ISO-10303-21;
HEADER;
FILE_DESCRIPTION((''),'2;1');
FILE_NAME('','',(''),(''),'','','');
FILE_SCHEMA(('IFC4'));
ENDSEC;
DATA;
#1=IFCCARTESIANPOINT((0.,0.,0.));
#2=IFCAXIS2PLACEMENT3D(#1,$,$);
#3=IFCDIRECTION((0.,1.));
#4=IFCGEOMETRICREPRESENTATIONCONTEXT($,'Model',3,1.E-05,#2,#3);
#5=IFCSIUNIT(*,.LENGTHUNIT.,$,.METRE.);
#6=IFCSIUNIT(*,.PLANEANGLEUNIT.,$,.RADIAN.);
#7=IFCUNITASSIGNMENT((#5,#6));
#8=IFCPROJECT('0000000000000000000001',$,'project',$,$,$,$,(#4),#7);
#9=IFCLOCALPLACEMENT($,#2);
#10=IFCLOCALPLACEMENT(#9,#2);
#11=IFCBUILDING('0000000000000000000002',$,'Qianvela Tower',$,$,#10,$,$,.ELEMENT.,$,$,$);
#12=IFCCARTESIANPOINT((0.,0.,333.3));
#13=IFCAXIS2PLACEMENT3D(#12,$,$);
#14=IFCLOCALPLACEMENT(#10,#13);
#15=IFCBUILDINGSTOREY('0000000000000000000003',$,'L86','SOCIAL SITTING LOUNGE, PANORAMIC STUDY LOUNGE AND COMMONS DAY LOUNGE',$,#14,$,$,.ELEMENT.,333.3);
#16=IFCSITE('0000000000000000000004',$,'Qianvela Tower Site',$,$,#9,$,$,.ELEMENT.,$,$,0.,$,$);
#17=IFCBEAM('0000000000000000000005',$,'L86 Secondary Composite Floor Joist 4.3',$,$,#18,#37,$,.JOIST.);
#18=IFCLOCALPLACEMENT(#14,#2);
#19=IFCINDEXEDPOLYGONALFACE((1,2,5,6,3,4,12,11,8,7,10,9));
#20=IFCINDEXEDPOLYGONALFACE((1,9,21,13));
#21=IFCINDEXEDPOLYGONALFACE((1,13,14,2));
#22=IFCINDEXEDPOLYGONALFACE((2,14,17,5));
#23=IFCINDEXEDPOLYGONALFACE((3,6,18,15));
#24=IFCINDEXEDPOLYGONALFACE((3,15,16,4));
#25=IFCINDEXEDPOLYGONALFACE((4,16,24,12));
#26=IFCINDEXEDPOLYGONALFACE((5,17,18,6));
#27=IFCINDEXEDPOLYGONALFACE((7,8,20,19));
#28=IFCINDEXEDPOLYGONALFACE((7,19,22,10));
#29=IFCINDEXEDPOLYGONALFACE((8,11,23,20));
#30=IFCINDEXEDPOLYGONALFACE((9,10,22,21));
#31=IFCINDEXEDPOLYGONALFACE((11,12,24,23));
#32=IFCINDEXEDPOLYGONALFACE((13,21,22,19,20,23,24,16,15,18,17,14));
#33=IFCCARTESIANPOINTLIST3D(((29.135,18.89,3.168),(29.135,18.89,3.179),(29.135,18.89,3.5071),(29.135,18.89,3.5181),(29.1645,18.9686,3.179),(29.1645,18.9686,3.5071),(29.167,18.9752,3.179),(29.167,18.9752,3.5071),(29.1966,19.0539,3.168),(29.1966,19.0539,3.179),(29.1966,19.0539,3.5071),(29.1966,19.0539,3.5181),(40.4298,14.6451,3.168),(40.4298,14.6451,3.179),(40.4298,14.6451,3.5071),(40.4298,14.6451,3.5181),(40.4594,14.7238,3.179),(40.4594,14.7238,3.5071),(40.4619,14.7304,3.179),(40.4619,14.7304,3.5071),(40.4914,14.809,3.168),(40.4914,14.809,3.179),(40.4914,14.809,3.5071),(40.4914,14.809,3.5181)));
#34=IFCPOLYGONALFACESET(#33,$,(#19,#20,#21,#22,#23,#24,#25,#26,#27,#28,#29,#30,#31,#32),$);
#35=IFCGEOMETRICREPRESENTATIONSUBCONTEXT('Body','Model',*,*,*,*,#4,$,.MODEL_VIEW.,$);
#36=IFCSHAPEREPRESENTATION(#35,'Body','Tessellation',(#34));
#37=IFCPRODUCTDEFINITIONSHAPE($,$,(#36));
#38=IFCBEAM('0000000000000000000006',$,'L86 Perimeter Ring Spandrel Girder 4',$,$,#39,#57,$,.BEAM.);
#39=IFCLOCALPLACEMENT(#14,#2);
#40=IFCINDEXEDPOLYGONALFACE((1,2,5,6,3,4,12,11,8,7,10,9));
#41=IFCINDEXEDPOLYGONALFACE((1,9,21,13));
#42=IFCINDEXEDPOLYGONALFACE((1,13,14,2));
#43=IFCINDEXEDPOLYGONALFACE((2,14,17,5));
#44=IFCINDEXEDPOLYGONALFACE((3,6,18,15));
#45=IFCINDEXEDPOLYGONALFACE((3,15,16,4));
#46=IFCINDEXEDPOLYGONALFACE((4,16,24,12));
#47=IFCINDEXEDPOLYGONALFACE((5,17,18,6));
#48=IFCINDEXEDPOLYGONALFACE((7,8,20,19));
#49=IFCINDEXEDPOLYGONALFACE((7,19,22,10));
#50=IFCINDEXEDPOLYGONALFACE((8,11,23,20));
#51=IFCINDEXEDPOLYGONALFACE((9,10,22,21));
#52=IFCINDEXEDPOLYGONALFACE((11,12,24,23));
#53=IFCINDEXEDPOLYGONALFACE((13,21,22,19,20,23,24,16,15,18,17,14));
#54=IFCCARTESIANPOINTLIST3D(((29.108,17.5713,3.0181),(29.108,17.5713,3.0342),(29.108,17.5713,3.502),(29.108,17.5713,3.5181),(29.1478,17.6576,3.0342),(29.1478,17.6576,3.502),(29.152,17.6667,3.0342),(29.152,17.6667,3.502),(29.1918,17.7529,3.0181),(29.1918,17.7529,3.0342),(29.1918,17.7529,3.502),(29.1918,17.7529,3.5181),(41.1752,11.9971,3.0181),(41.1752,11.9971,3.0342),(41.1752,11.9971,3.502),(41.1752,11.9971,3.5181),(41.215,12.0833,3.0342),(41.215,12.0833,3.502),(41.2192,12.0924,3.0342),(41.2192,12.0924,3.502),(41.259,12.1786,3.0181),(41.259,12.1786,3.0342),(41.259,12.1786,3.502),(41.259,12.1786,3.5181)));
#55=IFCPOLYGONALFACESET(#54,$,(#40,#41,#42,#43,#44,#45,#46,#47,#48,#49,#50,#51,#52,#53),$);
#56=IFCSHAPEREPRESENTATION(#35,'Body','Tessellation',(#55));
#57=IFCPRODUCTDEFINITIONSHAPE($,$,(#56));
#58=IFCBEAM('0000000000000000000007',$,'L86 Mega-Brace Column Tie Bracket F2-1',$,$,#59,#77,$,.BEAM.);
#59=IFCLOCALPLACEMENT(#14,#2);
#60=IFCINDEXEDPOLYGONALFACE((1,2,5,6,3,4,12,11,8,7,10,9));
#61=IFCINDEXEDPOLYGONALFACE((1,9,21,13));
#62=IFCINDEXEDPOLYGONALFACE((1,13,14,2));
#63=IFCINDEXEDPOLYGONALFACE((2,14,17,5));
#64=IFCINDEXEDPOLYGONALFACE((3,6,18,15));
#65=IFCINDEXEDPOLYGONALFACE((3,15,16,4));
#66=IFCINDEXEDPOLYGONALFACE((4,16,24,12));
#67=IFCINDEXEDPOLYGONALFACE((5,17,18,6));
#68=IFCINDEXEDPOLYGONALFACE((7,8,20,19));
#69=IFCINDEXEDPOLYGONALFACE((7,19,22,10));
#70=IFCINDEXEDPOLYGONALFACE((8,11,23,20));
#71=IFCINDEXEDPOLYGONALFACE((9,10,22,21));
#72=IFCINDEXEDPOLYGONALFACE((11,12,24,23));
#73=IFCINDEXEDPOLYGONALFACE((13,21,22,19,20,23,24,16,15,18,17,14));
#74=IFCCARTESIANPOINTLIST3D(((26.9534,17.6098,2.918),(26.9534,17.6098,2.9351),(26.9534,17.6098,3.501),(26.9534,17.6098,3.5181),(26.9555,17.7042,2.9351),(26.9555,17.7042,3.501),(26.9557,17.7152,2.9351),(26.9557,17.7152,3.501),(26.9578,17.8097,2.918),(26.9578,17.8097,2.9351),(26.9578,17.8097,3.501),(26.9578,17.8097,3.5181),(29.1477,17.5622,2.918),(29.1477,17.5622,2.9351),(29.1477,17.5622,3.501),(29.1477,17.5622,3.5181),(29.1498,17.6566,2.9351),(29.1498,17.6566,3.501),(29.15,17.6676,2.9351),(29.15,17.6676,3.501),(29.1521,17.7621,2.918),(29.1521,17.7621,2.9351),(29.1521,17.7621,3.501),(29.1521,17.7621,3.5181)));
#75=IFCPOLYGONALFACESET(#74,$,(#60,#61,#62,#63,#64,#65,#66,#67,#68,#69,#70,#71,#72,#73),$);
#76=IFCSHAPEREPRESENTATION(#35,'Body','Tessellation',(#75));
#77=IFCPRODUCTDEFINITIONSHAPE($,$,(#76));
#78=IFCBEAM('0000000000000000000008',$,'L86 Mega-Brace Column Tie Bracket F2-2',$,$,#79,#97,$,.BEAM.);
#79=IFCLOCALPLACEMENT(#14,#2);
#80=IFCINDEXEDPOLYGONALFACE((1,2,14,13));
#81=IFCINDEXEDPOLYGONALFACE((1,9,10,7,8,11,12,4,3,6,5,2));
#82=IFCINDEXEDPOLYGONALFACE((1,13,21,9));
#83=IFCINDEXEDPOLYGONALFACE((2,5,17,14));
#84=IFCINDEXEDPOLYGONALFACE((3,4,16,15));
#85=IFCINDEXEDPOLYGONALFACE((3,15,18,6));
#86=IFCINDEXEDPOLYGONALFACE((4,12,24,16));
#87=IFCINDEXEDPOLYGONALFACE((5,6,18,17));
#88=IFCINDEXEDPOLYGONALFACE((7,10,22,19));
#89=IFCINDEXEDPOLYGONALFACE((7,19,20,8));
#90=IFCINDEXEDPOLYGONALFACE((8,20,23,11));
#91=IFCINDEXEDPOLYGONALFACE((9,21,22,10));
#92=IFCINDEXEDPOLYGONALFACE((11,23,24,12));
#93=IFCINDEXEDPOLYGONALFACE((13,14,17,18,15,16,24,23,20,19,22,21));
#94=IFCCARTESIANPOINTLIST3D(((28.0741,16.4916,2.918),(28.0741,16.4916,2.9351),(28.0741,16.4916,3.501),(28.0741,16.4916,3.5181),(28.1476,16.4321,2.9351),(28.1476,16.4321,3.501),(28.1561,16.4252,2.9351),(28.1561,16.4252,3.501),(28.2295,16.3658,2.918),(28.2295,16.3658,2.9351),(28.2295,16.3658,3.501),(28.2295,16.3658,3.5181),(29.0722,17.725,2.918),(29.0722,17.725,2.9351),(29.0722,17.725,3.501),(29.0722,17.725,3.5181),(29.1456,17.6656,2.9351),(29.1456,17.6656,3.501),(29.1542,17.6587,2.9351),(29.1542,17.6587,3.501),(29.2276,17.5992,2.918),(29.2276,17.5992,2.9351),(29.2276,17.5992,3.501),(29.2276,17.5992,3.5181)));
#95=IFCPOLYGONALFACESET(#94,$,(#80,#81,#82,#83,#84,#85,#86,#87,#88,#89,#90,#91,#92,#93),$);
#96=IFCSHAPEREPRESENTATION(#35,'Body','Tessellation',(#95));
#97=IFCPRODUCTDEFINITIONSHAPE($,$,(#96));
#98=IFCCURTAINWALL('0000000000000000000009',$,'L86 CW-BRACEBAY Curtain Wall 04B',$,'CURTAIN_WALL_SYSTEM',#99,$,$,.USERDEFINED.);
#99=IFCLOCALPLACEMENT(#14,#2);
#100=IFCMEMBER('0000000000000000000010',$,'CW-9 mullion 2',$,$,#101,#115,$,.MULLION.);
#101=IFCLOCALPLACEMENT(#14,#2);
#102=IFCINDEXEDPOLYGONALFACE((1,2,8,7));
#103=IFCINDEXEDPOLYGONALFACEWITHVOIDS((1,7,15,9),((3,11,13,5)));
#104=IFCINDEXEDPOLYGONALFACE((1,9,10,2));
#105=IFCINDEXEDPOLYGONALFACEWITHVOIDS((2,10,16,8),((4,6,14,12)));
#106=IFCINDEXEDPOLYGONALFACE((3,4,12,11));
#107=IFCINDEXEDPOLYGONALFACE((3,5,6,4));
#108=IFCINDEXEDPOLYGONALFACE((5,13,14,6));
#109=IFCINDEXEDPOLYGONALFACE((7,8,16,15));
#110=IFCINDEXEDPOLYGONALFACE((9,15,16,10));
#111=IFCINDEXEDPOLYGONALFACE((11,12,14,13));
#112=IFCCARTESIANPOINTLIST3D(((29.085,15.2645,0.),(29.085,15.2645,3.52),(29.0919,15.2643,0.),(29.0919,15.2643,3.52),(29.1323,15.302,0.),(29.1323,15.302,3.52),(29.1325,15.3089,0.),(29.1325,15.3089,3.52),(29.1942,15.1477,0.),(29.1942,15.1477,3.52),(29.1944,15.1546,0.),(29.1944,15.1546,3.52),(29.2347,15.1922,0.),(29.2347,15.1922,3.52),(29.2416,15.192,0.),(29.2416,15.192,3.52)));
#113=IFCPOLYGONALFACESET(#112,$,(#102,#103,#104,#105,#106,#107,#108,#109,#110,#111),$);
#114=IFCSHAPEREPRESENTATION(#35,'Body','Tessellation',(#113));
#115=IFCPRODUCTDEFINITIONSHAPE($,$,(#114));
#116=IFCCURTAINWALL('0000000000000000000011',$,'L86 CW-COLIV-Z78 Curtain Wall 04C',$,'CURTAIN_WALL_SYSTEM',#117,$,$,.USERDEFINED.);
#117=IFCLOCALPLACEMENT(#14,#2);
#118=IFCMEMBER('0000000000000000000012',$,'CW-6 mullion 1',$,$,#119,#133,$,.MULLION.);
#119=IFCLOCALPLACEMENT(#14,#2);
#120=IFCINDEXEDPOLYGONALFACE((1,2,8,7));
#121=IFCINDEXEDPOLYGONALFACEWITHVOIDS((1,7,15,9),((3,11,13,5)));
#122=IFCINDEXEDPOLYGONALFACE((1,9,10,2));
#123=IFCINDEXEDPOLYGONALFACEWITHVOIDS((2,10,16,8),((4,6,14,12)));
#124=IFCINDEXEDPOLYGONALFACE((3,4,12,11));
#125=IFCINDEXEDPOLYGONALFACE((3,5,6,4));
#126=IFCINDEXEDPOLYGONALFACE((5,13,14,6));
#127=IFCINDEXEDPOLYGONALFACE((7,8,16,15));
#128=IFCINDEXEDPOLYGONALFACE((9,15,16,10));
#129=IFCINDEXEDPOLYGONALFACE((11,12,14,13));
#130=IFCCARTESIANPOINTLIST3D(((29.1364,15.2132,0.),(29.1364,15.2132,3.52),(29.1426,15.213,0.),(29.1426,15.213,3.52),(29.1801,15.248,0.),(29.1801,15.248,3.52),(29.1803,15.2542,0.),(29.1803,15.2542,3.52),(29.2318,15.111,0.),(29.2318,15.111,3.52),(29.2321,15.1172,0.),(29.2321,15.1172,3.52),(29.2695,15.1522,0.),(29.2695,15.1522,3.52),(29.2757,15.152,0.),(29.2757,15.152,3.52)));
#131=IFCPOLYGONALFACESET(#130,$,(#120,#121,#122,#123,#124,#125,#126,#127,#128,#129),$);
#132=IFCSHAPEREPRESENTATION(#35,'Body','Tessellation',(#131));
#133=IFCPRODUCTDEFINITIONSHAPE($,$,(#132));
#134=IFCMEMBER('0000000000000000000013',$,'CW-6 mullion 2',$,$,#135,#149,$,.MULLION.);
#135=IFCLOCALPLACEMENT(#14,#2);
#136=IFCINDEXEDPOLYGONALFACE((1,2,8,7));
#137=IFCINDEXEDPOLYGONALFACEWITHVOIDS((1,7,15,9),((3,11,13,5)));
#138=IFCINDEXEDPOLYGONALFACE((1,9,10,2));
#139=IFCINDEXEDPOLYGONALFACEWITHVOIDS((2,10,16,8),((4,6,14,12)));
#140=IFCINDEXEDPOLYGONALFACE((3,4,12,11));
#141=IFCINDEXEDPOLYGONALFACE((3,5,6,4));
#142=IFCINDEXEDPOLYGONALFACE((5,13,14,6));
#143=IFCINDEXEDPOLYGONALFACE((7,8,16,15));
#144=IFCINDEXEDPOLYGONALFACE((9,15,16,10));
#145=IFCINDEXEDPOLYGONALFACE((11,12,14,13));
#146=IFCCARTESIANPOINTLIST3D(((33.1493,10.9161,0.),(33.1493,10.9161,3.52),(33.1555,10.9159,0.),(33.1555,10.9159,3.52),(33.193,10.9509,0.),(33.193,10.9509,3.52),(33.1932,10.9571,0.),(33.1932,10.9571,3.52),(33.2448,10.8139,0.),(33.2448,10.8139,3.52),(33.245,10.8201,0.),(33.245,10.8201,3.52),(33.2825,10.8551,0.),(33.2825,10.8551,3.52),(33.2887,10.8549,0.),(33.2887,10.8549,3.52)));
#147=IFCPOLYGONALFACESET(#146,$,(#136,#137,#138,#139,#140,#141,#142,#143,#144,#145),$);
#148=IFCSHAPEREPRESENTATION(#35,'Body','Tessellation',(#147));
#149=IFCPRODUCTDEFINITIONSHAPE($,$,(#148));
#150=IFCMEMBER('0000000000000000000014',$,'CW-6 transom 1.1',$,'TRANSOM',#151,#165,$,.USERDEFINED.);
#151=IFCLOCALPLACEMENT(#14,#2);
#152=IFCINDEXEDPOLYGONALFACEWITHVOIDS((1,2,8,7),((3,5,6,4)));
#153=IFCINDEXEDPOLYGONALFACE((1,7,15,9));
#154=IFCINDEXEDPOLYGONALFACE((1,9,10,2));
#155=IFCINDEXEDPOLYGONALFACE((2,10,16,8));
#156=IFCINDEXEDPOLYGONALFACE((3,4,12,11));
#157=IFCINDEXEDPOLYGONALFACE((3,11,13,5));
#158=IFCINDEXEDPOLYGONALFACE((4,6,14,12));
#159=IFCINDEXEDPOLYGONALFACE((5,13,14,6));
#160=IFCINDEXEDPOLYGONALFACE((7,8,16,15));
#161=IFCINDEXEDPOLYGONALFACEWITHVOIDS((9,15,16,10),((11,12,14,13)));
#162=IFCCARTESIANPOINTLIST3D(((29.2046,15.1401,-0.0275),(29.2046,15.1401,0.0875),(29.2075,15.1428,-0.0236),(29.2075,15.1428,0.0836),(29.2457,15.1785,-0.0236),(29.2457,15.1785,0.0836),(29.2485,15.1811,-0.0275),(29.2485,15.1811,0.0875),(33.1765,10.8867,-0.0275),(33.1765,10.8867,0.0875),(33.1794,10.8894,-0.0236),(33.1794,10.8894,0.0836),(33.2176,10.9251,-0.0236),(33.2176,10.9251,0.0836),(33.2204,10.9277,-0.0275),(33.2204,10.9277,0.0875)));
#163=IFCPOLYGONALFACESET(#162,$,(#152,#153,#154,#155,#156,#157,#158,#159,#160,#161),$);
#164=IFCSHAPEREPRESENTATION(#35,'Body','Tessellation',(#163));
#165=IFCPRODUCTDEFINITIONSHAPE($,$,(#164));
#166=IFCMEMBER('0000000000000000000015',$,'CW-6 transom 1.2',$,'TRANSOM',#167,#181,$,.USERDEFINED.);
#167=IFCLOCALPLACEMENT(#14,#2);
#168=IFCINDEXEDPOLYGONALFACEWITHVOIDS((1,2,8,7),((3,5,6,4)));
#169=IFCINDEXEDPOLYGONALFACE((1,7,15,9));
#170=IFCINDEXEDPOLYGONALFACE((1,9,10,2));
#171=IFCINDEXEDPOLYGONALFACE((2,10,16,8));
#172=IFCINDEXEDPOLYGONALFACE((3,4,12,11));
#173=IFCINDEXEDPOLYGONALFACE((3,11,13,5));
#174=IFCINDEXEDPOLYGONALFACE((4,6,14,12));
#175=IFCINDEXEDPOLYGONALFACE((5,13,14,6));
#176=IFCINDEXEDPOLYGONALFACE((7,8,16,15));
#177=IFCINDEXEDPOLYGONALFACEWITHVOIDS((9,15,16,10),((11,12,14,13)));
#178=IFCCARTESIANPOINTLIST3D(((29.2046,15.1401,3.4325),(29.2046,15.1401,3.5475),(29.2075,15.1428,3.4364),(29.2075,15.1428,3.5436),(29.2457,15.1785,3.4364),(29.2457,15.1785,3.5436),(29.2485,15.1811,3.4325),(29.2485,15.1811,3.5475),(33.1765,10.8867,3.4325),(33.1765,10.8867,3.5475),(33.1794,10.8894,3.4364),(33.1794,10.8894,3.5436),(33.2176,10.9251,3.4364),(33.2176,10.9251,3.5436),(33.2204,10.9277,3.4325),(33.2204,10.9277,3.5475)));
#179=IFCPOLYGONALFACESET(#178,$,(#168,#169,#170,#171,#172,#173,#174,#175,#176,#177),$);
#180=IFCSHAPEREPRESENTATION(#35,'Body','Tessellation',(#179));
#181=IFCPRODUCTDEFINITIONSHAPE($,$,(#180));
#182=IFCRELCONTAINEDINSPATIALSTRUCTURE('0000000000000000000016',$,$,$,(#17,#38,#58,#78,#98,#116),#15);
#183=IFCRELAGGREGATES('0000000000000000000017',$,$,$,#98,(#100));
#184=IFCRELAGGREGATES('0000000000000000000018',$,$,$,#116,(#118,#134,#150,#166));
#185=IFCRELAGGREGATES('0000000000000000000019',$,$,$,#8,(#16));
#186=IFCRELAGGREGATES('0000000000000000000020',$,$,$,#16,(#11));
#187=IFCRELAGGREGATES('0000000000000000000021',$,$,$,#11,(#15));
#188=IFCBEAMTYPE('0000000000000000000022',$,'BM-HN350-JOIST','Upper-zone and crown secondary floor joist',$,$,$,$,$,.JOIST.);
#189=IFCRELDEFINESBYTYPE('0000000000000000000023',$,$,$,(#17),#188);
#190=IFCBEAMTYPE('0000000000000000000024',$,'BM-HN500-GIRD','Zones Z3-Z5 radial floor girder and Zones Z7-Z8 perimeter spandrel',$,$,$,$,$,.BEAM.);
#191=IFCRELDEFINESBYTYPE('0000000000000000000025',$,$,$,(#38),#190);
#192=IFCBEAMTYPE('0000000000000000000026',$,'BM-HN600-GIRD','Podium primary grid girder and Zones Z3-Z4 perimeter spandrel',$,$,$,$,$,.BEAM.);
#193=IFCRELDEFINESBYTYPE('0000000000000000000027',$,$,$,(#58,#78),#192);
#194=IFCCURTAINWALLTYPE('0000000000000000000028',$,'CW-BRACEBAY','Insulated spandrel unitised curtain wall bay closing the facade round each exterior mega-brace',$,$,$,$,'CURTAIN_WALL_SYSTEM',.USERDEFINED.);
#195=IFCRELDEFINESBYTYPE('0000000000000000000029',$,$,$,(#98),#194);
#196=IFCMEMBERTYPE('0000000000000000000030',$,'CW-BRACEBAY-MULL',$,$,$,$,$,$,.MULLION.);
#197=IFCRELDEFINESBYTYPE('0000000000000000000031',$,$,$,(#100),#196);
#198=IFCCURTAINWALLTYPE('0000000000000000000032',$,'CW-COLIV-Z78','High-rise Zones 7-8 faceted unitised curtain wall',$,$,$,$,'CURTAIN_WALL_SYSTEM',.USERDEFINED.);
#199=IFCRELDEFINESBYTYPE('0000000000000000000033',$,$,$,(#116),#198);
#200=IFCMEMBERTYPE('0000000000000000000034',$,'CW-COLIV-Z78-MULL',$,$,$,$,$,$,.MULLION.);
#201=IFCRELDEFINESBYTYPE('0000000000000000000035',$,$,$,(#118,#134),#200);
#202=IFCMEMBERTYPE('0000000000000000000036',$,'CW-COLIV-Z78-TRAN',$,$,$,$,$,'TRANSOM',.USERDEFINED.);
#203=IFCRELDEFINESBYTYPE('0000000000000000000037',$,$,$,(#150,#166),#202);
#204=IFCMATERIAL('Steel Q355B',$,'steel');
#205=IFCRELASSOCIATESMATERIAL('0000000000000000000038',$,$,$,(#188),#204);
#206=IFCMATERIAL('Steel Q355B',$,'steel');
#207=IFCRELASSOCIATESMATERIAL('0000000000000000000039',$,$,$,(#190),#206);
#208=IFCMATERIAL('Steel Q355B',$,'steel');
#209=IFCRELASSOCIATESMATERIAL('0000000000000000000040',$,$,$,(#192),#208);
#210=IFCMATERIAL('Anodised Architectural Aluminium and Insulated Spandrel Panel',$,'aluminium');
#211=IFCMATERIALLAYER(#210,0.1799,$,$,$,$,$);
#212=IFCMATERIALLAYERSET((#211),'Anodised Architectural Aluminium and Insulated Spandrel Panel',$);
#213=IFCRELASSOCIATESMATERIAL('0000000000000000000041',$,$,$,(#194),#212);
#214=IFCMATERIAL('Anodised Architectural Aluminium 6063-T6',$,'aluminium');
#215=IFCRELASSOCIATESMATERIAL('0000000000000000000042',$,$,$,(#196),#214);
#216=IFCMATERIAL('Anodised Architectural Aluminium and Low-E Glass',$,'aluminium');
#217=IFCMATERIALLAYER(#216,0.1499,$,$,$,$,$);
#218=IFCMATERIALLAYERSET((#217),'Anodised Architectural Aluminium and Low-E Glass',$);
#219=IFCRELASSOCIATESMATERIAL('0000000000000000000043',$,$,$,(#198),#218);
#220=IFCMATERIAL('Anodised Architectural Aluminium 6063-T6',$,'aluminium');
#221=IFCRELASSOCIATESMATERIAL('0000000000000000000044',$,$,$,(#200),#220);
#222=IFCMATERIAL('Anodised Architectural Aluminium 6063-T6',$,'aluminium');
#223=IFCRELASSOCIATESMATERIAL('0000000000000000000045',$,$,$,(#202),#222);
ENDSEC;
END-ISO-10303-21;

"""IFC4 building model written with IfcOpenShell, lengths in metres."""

from ifc_helpers import new_model, si_unit, direction, frame, origin, origin_2d, place, context, subcontext, project, spatial, hollow_rectangle, i_section, extrude, material, layer, layer_set, material_profile, profile_set, type_object, element, aggregate, save


model = new_model("IFC4")

# Units and contexts
model_context = context("Model", 3, precision=1e-05, world=origin(), true_north=direction((0.0, 1.0)))
body_context = subcontext(model_context, "Body", "Model", "MODEL_VIEW")
ifc_project = project(units=[si_unit("LENGTHUNIT", "METRE"), si_unit("PLANEANGLEUNIT", "RADIAN")], contexts=[model_context])

# Site, building, storey
site_placement = place(None, origin())
site = spatial("IfcSite", under=ifc_project, at=site_placement, Name="Qianvela Tower Site", CompositionType="ELEMENT", RefElevation=0.0)
building_placement = place(site_placement, origin())
building = spatial("IfcBuilding", under=site, at=building_placement, Name="Qianvela Tower", CompositionType="ELEMENT")
storey_placement = place(building_placement, frame((0.0, 0.0, 333.3)))
storey = spatial("IfcBuildingStorey", under=building, at=storey_placement, Name="L86", Description="SOCIAL SITTING LOUNGE, PANORAMIC STUDY LOUNGE AND COMMONS DAY LOUNGE", CompositionType="ELEMENT", Elevation=333.3)

# Beams
ifc_material_1 = material(Name="Steel Q355B", Category="steel")
ifc_material_profile_1 = material_profile(ifc_material_1, i_section(OverallWidth=0.175, OverallDepth=0.3501, WebThickness=0.0071, FlangeThickness=0.011, at=origin_2d()), Name="HN350x175x7x11")
ifc_profile_set_1 = profile_set([ifc_material_profile_1], Name="Steel Q355B")
beam_type_1 = type_object("IfcBeamType", Name="BM-HN350-JOIST", Description="Upper-zone and crown secondary floor joist", PredefinedType="JOIST", material=ifc_profile_set_1)
beam_1_placement = place(storey_placement, frame((29.1658, 18.9719, 3.343), z_axis=(0.936076, -0.351797, 0.0), x_axis=(0.351797, 0.936076, 0.0)))
element("IfcBeam", 1, at=beam_1_placement, inside=storey, type_object=beam_type_1, Name="L86 Secondary Composite Floor Joist 4.3", PredefinedType="JOIST", context=body_context, shape_type="SweptSolid", body=[
    extrude(i_section(OverallWidth=0.175, OverallDepth=0.3501, WebThickness=0.0071, FlangeThickness=0.011, at=origin_2d()), origin(), (0.0, 0.0, 1.0), 12.0662),
])
ifc_material_2 = material(Name="Steel Q355B", Category="steel")
ifc_material_profile_2 = material_profile(ifc_material_2, i_section(OverallWidth=0.2, OverallDepth=0.5, WebThickness=0.01, FlangeThickness=0.0161, at=origin_2d()), Name="HN500x200x10x16")
ifc_profile_set_2 = profile_set([ifc_material_profile_2], Name="Steel Q355B")
beam_type_2 = type_object("IfcBeamType", Name="BM-HN500-GIRD", Description="Zones Z3-Z5 radial floor girder and Zones Z7-Z8 perimeter spandrel", PredefinedType="BEAM", material=ifc_profile_set_2)
beam_2_placement = place(storey_placement, frame((29.1499, 17.6621, 3.2681), z_axis=(0.907823, -0.419354, 0.0), x_axis=(0.419354, 0.907823, 0.0)))
element("IfcBeam", 2, at=beam_2_placement, inside=storey, type_object=beam_type_2, Name="L86 Perimeter Ring Spandrel Girder 4", PredefinedType="BEAM", context=body_context, shape_type="SweptSolid", body=[
    extrude(i_section(OverallWidth=0.2, OverallDepth=0.5, WebThickness=0.01, FlangeThickness=0.0161, at=origin_2d()), origin(), (0.0, 0.0, 1.0), 13.2925),
])
ifc_material_3 = material(Name="Steel Q355B", Category="steel")
ifc_material_profile_3 = material_profile(ifc_material_3, i_section(OverallWidth=0.2, OverallDepth=0.6001, WebThickness=0.011, FlangeThickness=0.0171, at=origin_2d()), Name="HN600x200x11x17")
ifc_profile_set_3 = profile_set([ifc_material_profile_3], Name="Steel Q355B")
beam_type_3 = type_object("IfcBeamType", Name="BM-HN600-GIRD", Description="Podium primary grid girder and Zones Z3-Z4 perimeter spandrel", PredefinedType="BEAM", material=ifc_profile_set_3)
beam_3_placement = place(storey_placement, frame((29.1499, 17.6621, 3.218), z_axis=(-0.999765, 0.02169, 0.0), x_axis=(-0.02169, -0.999765, 0.0)))
element("IfcBeam", 3, at=beam_3_placement, inside=storey, type_object=beam_type_3, Name="L86 Mega-Brace Column Tie Bracket F2-1", PredefinedType="BEAM", context=body_context, shape_type="SweptSolid", body=[
    extrude(i_section(OverallWidth=0.2, OverallDepth=0.6001, WebThickness=0.011, FlangeThickness=0.0171, at=origin_2d()), origin(), (0.0, 0.0, 1.0), 2.1948),
])
beam_4_placement = place(storey_placement, frame((29.1499, 17.6621, 3.218), z_axis=(-0.629039, -0.777374, 0.0), x_axis=(0.777374, -0.629039, 0.0)))
element("IfcBeam", 4, at=beam_4_placement, inside=storey, type_object=beam_type_3, Name="L86 Mega-Brace Column Tie Bracket F2-2", PredefinedType="BEAM", context=body_context, shape_type="SweptSolid", body=[
    extrude(i_section(OverallWidth=0.2, OverallDepth=0.6001, WebThickness=0.011, FlangeThickness=0.0171, at=origin_2d()), origin(), (0.0, 0.0, 1.0), 1.5867),
])

# Curtain wall, member
ifc_material_4 = material(Name="Anodised Architectural Aluminium and Insulated Spandrel Panel", Category="aluminium")
ifc_layer_1 = layer(ifc_material_4, 0.1799)
ifc_layer_set_1 = layer_set([ifc_layer_1], Name="Anodised Architectural Aluminium and Insulated Spandrel Panel")
curtain_wall_type_1 = type_object("IfcCurtainWallType", Name="CW-BRACEBAY", Description="Insulated spandrel unitised curtain wall bay closing the facade round each exterior mega-brace", ElementType="CURTAIN_WALL_SYSTEM", PredefinedType="USERDEFINED", material=ifc_layer_set_1)
curtain_wall_1_placement = place(storey_placement, origin())
curtain_wall_1 = element("IfcCurtainWall", 5, at=curtain_wall_1_placement, inside=storey, type_object=curtain_wall_type_1, Name="L86 CW-BRACEBAY Curtain Wall 04B", ObjectType="CURTAIN_WALL_SYSTEM", PredefinedType="USERDEFINED")
ifc_material_5 = material(Name="Anodised Architectural Aluminium 6063-T6", Category="aluminium")
ifc_material_profile_4 = material_profile(ifc_material_5, hollow_rectangle(XDim=0.0649, YDim=0.1599, WallThickness=0.0049, at=origin_2d()), Name="ALU-MULL-65x160")
ifc_profile_set_4 = profile_set([ifc_material_profile_4], Name="Anodised Architectural Aluminium 6063-T6")
member_type_1 = type_object("IfcMemberType", Name="CW-BRACEBAY-MULL", PredefinedType="MULLION", material=ifc_profile_set_4)
member_1_placement = place(storey_placement, frame((29.1633, 15.2283, 0.0), z_axis=(0.0, 0.0, 1.0), x_axis=(0.730875, 0.682511, 0.0)))
member_1 = element("IfcMember", 6, at=member_1_placement, type_object=member_type_1, Name="CW-9 mullion 2", PredefinedType="MULLION", context=body_context, shape_type="SweptSolid", body=[
    extrude(hollow_rectangle(XDim=0.0649, YDim=0.1599, WallThickness=0.0049, at=origin_2d()), origin(), (0.0, 0.0, 1.0), 3.52),
])

# Curtain wall, members
ifc_material_6 = material(Name="Anodised Architectural Aluminium and Low-E Glass", Category="aluminium")
ifc_layer_2 = layer(ifc_material_6, 0.1499)
ifc_layer_set_2 = layer_set([ifc_layer_2], Name="Anodised Architectural Aluminium and Low-E Glass")
curtain_wall_type_2 = type_object("IfcCurtainWallType", Name="CW-COLIV-Z78", Description="High-rise Zones 7-8 faceted unitised curtain wall", ElementType="CURTAIN_WALL_SYSTEM", PredefinedType="USERDEFINED", material=ifc_layer_set_2)
curtain_wall_2_placement = place(storey_placement, origin())
curtain_wall_2 = element("IfcCurtainWall", 7, at=curtain_wall_2_placement, inside=storey, type_object=curtain_wall_type_2, Name="L86 CW-COLIV-Z78 Curtain Wall 04C", ObjectType="CURTAIN_WALL_SYSTEM", PredefinedType="USERDEFINED")
ifc_material_7 = material(Name="Anodised Architectural Aluminium 6063-T6", Category="aluminium")
ifc_material_profile_5 = material_profile(ifc_material_7, hollow_rectangle(XDim=0.0601, YDim=0.1399, WallThickness=0.0044, at=origin_2d()), Name="ALU-MULL-60x140")
ifc_profile_set_5 = profile_set([ifc_material_profile_5], Name="Anodised Architectural Aluminium 6063-T6")
member_type_2 = type_object("IfcMemberType", Name="CW-COLIV-Z78-MULL", PredefinedType="MULLION", material=ifc_profile_set_5)
member_2_placement = place(storey_placement, frame((29.2061, 15.1826, 0.0), z_axis=(0.0, 0.0, 1.0), x_axis=(0.730882, 0.682503, 0.0)))
member_2 = element("IfcMember", 8, at=member_2_placement, type_object=member_type_2, Name="CW-6 mullion 1", PredefinedType="MULLION", context=body_context, shape_type="SweptSolid", body=[
    extrude(hollow_rectangle(XDim=0.0601, YDim=0.1399, WallThickness=0.0044, at=origin_2d()), origin(), (0.0, 0.0, 1.0), 3.52),
])
member_3_placement = place(storey_placement, frame((33.219, 10.8855, 0.0), z_axis=(0.0, 0.0, 1.0), x_axis=(0.730882, 0.682503, 0.0)))
member_3 = element("IfcMember", 9, at=member_3_placement, type_object=member_type_2, Name="CW-6 mullion 2", PredefinedType="MULLION", context=body_context, shape_type="SweptSolid", body=[
    extrude(hollow_rectangle(XDim=0.0601, YDim=0.1399, WallThickness=0.0044, at=origin_2d()), origin(), (0.0, 0.0, 1.0), 3.52),
])
ifc_material_8 = material(Name="Anodised Architectural Aluminium 6063-T6", Category="aluminium")
ifc_material_profile_6 = material_profile(ifc_material_8, hollow_rectangle(XDim=0.0601, YDim=0.115, WallThickness=0.0039, at=origin_2d()), Name="ALU-TRAN-60x115")
ifc_profile_set_6 = profile_set([ifc_material_profile_6], Name="Anodised Architectural Aluminium 6063-T6")
member_type_3 = type_object("IfcMemberType", Name="CW-COLIV-Z78-TRAN", ElementType="TRANSOM", PredefinedType="USERDEFINED", material=ifc_profile_set_6)
member_4_placement = place(storey_placement, frame((29.2266, 15.1606, 0.03), z_axis=(0.682508, -0.730878, 0.0), x_axis=(0.730878, 0.682508, 0.0)))
member_4 = element("IfcMember", 10, at=member_4_placement, type_object=member_type_3, Name="CW-6 transom 1.1", ObjectType="TRANSOM", PredefinedType="USERDEFINED", context=body_context, shape_type="SweptSolid", body=[
    extrude(hollow_rectangle(XDim=0.0601, YDim=0.115, WallThickness=0.0039, at=origin_2d()), origin(), (0.0, 0.0, 1.0), 5.8196),
])
member_5_placement = place(storey_placement, frame((29.2266, 15.1606, 3.49), z_axis=(0.682508, -0.730878, 0.0), x_axis=(0.730878, 0.682508, 0.0)))
member_5 = element("IfcMember", 11, at=member_5_placement, type_object=member_type_3, Name="CW-6 transom 1.2", ObjectType="TRANSOM", PredefinedType="USERDEFINED", context=body_context, shape_type="SweptSolid", body=[
    extrude(hollow_rectangle(XDim=0.0601, YDim=0.115, WallThickness=0.0039, at=origin_2d()), origin(), (0.0, 0.0, 1.0), 5.8196),
])

aggregate(curtain_wall_1, [member_1])
aggregate(curtain_wall_2, [member_2, member_3, member_4, member_5])

save(model, "model.ifc")
